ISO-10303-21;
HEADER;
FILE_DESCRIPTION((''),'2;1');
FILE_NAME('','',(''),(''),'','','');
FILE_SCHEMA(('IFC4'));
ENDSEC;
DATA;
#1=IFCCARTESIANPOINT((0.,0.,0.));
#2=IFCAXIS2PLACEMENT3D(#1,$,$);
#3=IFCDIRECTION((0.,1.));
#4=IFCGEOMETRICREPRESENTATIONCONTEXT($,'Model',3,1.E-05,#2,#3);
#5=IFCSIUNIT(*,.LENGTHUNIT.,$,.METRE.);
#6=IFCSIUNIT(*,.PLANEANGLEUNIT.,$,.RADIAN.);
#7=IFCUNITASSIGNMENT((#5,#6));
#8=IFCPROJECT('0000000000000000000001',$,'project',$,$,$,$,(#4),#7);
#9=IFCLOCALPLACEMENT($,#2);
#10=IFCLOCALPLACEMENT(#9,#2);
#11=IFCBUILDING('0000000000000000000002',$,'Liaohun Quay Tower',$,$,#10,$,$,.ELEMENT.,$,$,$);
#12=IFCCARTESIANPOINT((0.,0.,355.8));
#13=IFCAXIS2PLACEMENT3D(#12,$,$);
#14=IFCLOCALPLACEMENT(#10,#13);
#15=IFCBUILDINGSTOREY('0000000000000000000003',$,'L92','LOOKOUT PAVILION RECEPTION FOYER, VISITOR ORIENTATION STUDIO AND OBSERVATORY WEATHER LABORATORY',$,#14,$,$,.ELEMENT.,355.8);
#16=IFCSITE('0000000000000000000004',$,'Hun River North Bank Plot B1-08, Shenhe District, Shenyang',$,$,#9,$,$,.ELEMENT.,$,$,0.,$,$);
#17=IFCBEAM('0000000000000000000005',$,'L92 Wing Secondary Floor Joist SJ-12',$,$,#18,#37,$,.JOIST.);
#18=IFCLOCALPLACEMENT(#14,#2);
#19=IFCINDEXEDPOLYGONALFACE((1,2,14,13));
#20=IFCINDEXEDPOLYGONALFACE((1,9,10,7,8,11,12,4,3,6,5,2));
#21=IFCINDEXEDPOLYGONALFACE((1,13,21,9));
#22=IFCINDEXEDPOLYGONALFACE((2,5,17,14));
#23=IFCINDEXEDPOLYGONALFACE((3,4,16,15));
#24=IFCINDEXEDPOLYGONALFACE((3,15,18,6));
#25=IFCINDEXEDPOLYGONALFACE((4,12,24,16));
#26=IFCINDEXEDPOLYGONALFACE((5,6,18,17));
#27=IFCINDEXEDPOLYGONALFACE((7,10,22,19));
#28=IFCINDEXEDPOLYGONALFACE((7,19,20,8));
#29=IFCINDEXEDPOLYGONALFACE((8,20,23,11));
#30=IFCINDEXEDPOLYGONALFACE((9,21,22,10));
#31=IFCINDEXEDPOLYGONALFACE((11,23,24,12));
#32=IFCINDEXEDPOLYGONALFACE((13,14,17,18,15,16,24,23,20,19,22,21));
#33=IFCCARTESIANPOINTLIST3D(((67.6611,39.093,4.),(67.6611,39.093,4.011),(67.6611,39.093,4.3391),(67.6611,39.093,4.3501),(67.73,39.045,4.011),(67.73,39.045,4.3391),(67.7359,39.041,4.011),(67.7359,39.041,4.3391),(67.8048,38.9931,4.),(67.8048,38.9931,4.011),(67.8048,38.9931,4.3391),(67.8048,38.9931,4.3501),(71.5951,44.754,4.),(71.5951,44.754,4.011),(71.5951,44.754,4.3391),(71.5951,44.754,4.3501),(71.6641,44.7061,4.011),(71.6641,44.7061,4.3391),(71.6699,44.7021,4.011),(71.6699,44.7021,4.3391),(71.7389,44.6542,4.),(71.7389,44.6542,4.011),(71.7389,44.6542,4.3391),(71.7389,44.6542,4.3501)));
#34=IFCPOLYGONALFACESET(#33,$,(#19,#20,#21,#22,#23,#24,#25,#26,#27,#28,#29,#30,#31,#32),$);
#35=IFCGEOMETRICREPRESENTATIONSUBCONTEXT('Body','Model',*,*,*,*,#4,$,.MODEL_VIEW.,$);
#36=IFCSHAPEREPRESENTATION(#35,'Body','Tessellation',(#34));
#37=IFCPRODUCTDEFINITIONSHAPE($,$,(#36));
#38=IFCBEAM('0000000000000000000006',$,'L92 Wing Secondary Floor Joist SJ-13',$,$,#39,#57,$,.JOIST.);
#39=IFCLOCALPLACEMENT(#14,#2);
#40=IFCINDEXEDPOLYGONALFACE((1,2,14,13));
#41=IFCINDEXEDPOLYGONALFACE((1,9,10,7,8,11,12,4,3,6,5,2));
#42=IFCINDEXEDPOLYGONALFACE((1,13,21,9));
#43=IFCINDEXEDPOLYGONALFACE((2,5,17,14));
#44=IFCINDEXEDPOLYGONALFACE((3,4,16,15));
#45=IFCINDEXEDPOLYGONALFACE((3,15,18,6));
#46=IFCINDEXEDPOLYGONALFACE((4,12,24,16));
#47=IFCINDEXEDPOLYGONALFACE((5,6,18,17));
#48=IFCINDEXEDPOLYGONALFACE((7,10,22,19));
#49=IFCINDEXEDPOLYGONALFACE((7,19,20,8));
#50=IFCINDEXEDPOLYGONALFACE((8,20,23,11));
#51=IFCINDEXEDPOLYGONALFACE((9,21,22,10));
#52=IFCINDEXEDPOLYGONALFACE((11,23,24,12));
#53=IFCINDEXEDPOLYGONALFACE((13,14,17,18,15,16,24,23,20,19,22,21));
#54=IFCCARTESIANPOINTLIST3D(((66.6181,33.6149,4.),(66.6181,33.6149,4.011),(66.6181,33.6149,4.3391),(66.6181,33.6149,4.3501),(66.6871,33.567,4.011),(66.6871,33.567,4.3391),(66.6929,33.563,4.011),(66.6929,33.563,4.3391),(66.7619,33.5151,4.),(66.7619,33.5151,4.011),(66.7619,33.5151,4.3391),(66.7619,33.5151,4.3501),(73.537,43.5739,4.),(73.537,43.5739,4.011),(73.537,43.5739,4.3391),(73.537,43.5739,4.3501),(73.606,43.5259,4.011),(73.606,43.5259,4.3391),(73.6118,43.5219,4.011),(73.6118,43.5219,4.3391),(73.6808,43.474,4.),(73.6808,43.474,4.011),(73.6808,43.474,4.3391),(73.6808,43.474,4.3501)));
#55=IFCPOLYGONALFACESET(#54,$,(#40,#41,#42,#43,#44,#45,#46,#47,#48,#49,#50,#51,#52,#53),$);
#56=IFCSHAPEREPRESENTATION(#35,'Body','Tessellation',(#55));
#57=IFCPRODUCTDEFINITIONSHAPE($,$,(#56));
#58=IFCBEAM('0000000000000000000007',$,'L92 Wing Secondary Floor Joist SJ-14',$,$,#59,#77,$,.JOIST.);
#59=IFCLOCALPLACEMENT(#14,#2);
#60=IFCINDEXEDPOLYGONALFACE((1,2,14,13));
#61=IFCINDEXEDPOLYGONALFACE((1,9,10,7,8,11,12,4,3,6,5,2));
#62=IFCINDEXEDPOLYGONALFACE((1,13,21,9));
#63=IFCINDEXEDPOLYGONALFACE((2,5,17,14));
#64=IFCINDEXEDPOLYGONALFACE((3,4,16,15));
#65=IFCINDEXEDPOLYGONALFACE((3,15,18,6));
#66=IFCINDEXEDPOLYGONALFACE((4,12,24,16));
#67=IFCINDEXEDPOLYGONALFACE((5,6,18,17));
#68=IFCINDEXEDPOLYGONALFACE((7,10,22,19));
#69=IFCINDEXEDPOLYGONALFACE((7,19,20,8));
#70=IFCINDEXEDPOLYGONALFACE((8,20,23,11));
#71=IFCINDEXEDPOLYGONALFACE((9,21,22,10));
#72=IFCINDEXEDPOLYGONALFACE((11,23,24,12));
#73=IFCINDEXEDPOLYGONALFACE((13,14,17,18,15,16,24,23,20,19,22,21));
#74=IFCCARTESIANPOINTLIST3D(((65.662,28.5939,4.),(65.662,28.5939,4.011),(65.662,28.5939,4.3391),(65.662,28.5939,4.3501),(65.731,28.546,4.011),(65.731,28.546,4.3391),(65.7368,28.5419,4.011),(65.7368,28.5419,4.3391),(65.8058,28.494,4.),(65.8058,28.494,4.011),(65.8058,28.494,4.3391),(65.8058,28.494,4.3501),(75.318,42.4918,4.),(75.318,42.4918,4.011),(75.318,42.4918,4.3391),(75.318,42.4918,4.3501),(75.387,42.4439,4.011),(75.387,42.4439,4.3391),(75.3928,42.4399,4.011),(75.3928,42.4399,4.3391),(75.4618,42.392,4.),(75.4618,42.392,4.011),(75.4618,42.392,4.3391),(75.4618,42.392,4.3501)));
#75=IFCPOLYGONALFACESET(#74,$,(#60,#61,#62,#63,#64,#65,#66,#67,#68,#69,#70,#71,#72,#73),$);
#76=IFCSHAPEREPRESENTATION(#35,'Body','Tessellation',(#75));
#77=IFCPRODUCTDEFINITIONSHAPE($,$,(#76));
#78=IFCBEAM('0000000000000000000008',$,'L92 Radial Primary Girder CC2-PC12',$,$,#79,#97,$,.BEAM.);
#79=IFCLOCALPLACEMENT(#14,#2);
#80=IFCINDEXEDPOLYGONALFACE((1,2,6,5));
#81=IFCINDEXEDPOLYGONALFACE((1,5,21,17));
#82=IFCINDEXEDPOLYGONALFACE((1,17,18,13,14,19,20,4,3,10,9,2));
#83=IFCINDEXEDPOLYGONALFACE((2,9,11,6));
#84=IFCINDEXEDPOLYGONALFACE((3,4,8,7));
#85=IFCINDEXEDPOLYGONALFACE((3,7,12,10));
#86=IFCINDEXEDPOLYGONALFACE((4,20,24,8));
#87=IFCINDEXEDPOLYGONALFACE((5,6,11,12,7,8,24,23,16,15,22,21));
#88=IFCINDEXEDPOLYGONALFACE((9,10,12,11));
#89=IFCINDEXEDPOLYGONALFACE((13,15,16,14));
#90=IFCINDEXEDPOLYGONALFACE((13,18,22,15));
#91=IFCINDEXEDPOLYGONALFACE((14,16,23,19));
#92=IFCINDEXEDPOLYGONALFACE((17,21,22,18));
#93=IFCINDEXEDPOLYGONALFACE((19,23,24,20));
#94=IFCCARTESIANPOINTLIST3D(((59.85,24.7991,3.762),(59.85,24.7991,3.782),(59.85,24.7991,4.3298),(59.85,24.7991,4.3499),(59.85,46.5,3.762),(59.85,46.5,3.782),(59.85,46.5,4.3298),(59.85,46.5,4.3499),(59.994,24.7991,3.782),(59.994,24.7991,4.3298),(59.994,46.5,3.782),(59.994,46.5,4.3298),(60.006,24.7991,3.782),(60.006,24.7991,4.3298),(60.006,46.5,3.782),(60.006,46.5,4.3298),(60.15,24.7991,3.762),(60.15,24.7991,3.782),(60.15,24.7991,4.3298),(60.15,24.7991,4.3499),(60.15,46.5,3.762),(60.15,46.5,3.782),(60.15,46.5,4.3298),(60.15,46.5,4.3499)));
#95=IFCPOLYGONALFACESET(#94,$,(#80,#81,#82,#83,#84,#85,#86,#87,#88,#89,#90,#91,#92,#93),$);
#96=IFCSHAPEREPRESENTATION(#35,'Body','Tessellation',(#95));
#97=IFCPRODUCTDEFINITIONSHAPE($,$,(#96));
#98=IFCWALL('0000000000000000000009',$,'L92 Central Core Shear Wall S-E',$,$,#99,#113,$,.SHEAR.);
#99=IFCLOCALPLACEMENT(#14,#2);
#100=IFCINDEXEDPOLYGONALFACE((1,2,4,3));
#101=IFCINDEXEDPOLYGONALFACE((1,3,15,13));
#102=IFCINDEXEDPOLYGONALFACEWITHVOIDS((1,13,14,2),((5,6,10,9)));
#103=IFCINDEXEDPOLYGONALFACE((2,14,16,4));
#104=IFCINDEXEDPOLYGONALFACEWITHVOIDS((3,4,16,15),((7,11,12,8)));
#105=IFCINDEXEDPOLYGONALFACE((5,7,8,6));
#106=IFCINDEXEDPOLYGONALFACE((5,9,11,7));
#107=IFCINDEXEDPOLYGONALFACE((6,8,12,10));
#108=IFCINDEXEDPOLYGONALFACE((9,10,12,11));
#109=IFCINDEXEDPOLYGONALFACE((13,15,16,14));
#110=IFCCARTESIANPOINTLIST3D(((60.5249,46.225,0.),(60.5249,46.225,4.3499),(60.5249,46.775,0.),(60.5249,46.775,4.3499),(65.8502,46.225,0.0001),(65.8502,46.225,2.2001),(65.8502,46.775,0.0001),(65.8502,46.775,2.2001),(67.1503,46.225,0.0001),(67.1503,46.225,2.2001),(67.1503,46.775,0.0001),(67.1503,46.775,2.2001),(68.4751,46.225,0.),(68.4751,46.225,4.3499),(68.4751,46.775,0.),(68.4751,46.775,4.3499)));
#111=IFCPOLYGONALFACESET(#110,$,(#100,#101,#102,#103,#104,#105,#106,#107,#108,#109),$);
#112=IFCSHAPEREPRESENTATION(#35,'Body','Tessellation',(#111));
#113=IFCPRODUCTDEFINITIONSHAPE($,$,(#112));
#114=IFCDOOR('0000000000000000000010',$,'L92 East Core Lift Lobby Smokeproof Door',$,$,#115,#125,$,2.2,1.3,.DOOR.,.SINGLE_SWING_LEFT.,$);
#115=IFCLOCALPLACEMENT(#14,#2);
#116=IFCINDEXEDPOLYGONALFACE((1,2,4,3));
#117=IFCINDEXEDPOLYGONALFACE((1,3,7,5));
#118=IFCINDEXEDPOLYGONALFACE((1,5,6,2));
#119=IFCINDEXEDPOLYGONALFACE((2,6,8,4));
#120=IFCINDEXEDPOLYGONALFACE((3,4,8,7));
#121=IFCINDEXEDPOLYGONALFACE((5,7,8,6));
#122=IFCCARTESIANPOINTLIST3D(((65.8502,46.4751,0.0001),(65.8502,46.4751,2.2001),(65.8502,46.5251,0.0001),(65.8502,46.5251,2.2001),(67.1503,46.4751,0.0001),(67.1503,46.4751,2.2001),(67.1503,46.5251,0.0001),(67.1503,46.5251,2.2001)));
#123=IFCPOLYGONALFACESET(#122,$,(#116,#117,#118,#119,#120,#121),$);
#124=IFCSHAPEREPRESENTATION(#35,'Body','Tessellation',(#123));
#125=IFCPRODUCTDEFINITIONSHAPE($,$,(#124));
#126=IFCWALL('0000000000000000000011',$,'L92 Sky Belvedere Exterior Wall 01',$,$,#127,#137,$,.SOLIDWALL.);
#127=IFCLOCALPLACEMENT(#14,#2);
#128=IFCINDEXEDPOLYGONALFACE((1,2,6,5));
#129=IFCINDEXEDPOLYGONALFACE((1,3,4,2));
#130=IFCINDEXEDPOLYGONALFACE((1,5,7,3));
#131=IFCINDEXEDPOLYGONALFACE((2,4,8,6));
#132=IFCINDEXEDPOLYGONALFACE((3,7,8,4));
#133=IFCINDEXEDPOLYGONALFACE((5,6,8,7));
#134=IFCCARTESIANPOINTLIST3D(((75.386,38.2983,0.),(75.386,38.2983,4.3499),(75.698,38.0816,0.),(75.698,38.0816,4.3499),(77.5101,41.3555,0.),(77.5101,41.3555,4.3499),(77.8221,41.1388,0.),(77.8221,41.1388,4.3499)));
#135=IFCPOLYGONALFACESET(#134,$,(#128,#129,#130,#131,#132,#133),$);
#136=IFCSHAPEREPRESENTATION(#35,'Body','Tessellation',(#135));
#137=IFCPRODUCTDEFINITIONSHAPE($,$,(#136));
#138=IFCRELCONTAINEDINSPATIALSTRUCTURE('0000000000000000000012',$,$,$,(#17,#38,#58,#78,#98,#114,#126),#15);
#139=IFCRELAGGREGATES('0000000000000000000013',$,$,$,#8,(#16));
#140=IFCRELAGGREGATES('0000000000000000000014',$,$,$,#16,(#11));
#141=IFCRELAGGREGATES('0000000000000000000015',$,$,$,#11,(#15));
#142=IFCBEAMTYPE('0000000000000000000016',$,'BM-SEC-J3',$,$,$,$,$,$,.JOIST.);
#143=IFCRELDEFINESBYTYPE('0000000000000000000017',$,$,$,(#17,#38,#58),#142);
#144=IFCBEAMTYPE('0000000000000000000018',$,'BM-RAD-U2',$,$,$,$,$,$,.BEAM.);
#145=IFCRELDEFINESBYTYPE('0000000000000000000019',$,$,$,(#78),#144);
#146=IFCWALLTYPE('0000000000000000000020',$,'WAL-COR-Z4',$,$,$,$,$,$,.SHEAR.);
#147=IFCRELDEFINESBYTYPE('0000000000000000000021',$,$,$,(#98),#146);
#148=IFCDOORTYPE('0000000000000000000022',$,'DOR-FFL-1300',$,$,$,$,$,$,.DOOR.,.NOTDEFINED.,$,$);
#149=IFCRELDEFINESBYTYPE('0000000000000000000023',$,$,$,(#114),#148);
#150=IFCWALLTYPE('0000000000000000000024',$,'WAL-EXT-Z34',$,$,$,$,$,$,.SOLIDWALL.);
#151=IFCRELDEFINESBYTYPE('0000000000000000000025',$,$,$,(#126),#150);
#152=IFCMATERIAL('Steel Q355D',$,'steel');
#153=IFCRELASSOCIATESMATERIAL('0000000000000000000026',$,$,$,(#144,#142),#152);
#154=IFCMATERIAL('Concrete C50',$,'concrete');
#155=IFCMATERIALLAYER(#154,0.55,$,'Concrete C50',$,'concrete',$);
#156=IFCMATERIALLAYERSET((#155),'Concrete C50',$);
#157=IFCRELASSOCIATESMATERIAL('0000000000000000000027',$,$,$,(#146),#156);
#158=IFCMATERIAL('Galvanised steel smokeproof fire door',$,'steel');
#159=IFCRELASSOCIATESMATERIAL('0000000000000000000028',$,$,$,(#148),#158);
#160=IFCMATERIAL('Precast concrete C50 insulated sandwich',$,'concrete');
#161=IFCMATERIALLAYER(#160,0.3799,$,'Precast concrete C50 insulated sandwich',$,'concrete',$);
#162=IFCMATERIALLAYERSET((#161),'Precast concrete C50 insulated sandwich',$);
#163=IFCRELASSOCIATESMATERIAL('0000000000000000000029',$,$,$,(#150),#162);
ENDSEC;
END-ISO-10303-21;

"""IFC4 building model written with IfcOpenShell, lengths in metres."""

from ifc_helpers import new_model, si_unit, direction, frame, frame_2d, origin, origin_2d, place, context, subcontext, project, spatial, rectangle, i_section, extrude, source, transform, mapped, material, layer, layer_set, material_profile, profile_set, type_object, element, fill, save


model = new_model("IFC4")

# Units and contexts
model_context = context("Model", 3, precision=1e-05, world=origin(), true_north=direction((0.0, 1.0)))
body_context = subcontext(model_context, "Body", "Model", "MODEL_VIEW")
ifc_project = project(units=[si_unit("LENGTHUNIT", "METRE"), si_unit("PLANEANGLEUNIT", "RADIAN")], contexts=[model_context])

# Site, building, storey
site_placement = place(None, origin())
site = spatial("IfcSite", under=ifc_project, at=site_placement, Name="Hun River North Bank Plot B1-08, Shenhe District, Shenyang", CompositionType="ELEMENT", RefElevation=0.0)
building_placement = place(site_placement, origin())
building = spatial("IfcBuilding", under=site, at=building_placement, Name="Liaohun Quay Tower", CompositionType="ELEMENT")
storey_placement = place(building_placement, frame((0.0, 0.0, 355.8)))
storey = spatial("IfcBuildingStorey", under=building, at=storey_placement, Name="L92", Description="LOOKOUT PAVILION RECEPTION FOYER, VISITOR ORIENTATION STUDIO AND OBSERVATORY WEATHER LABORATORY", CompositionType="ELEMENT", Elevation=355.8)

# Shared definitions
ifc_material_1 = material(Name="Concrete C50", Category="concrete")

# Beams
ifc_material_2 = material(Name="Steel Q355D", Category="steel")
ifc_material_profile_1 = material_profile(ifc_material_2, i_section(OverallWidth=0.3, OverallDepth=0.5879, WebThickness=0.012, FlangeThickness=0.02, at=origin_2d()), Name="HM588x300x12x20")
ifc_profile_set_1 = profile_set([ifc_material_profile_1], Name="Steel Q355D")
beam_type_1 = type_object("IfcBeamType", Name="BM-RAD-U2", PredefinedType="BEAM", material=ifc_profile_set_1)
ifc_material_profile_2 = material_profile(ifc_material_2, i_section(OverallWidth=0.175, OverallDepth=0.3501, WebThickness=0.0071, FlangeThickness=0.011, at=origin_2d()), Name="HN350x175x7x11")
ifc_profile_set_2 = profile_set([ifc_material_profile_2], Name="Steel Q355D")
beam_type_2 = type_object("IfcBeamType", Name="BM-SEC-J3", PredefinedType="JOIST", material=ifc_profile_set_2)
shared_shape_1 = source(origin(), body_context, "Body", "SweptSolid", [
    extrude(i_section(OverallWidth=0.175, OverallDepth=0.3501, WebThickness=0.0071, FlangeThickness=0.011, at=origin_2d()), origin(), (0.0, 0.0, 1.0), 6.8938),
])
beam_1_placement = place(storey_placement, frame((71.667, 44.7041, 4.175), z_axis=(-0.570664, -0.821184, 0.0), x_axis=(0.821184, -0.570664, 0.0)))
element("IfcBeam", 1, at=beam_1_placement, inside=storey, type_object=beam_type_2, Name="L92 Wing Secondary Floor Joist SJ-12", PredefinedType="JOIST", context=body_context, shape_type="MappedRepresentation", body=[
    mapped(shared_shape_1, transform((0.0, 0.0, 0.0), x_axis=(1.0, 0.0, 0.0), y_axis=(0.0, 1.0, 0.0), z_axis=(0.0, 0.0, 1.0), scale=1.0)),
])
shared_shape_2 = source(origin(), body_context, "Body", "SweptSolid", [
    extrude(i_section(OverallWidth=0.175, OverallDepth=0.3501, WebThickness=0.0071, FlangeThickness=0.011, at=origin_2d()), origin(), (0.0, 0.0, 1.0), 12.1265),
])
beam_2_placement = place(storey_placement, frame((73.6089, 43.5239, 4.175), z_axis=(-0.570562, -0.821255, 0.0), x_axis=(0.821255, -0.570562, 0.0)))
element("IfcBeam", 2, at=beam_2_placement, inside=storey, type_object=beam_type_2, Name="L92 Wing Secondary Floor Joist SJ-13", PredefinedType="JOIST", context=body_context, shape_type="MappedRepresentation", body=[
    mapped(shared_shape_2, transform((0.0, 0.0, 0.0), x_axis=(1.0, 0.0, 0.0), y_axis=(0.0, 1.0, 0.0), z_axis=(0.0, 0.0, 1.0), scale=1.0)),
])
shared_shape_3 = source(origin(), body_context, "Body", "SweptSolid", [
    extrude(i_section(OverallWidth=0.175, OverallDepth=0.3501, WebThickness=0.0071, FlangeThickness=0.011, at=origin_2d()), origin(), (0.0, 0.0, 1.0), 16.9231),
])
beam_3_placement = place(storey_placement, frame((75.3899, 42.4419, 4.175), z_axis=(-0.570581, -0.821241, 0.0), x_axis=(0.821241, -0.570581, 0.0)))
element("IfcBeam", 3, at=beam_3_placement, inside=storey, type_object=beam_type_2, Name="L92 Wing Secondary Floor Joist SJ-14", PredefinedType="JOIST", context=body_context, shape_type="MappedRepresentation", body=[
    mapped(shared_shape_3, transform((0.0, 0.0, 0.0), x_axis=(1.0, 0.0, 0.0), y_axis=(0.0, 1.0, 0.0), z_axis=(0.0, 0.0, 1.0), scale=1.0)),
])
shared_shape_4 = source(origin(), body_context, "Body", "SweptSolid", [
    extrude(i_section(OverallWidth=0.3, OverallDepth=0.5879, WebThickness=0.012, FlangeThickness=0.02, at=origin_2d()), origin(), (0.0, 0.0, 1.0), 21.7009),
])
beam_4_placement = place(storey_placement, frame((60.0, 46.5, 4.0559), z_axis=(0.0, -1.0, 0.0), x_axis=(1.0, 0.0, 0.0)))
element("IfcBeam", 4, at=beam_4_placement, inside=storey, type_object=beam_type_1, Name="L92 Radial Primary Girder CC2-PC12", PredefinedType="BEAM", context=body_context, shape_type="MappedRepresentation", body=[
    mapped(shared_shape_4, transform((0.0, 0.0, 0.0), x_axis=(1.0, 0.0, 0.0), y_axis=(0.0, 1.0, 0.0), z_axis=(0.0, 0.0, 1.0), scale=1.0)),
])

# Wall, opening, door
ifc_layer_1 = layer(ifc_material_1, 0.55, Name="Concrete C50", Category="concrete")
ifc_layer_set_1 = layer_set([ifc_layer_1], Name="Concrete C50")
wall_type_1 = type_object("IfcWallType", Name="WAL-COR-Z4", PredefinedType="SHEAR", material=ifc_layer_set_1)
wall_1_placement = place(storey_placement, frame((68.4751, 46.5, 0.0), z_axis=(0.0, 0.0, 1.0), x_axis=(-1.0, 0.0, 0.0)))
wall_1 = element("IfcWall", 5, at=wall_1_placement, inside=storey, type_object=wall_type_1, Name="L92 Central Core Shear Wall S-E", PredefinedType="SHEAR", context=body_context, shape_type="SweptSolid", body=[
    extrude(rectangle(XDim=7.9502, YDim=0.55, at=frame_2d((3.9751, 0.0))), origin(), (0.0, 0.0, 1.0), 4.3499),
])
shared_shape_5 = source(origin(), body_context, "Body", "SweptSolid", [
    extrude(rectangle(XDim=1.3, YDim=2.2, at=frame_2d((0.6499, 1.1001))), frame((0.0, 0.2849, 0.0), z_axis=(0.0, -1.0, 0.0), x_axis=(1.0, 0.0, 0.0)), (0.0, 0.0, 1.0), 0.5701),
])
opening_1_placement = place(wall_1_placement, frame((1.325, 0.0, 0.0)))
opening_1 = element("IfcOpeningElement", 6, at=opening_1_placement, cuts=wall_1, PredefinedType="OPENING", context=body_context, shape_type="MappedRepresentation", body=[
    mapped(shared_shape_5, transform((0.0, 0.0, 0.0), x_axis=(1.0, 0.0, 0.0), y_axis=(0.0, 1.0, 0.0), z_axis=(0.0, 0.0, 1.0), scale=1.0)),
])
ifc_material_3 = material(Name="Galvanised steel smokeproof fire door", Category="steel")
door_type_1 = type_object("IfcDoorType", Name="DOR-FFL-1300", OperationType="NOTDEFINED", PredefinedType="DOOR", material=ifc_material_3)
shared_shape_6 = source(origin(), body_context, "Body", "SweptSolid", [
    extrude(rectangle(XDim=1.3, YDim=2.2, at=frame_2d((0.6499, 1.1001))), frame((0.0, 0.0249, 0.0), z_axis=(0.0, -1.0, 0.0), x_axis=(1.0, 0.0, 0.0)), (0.0, 0.0, 1.0), 0.05),
])
door_1_placement = place(opening_1_placement, origin())
door_1 = element("IfcDoor", 7, at=door_1_placement, inside=storey, type_object=door_type_1, Name="L92 East Core Lift Lobby Smokeproof Door", OperationType="SINGLE_SWING_LEFT", OverallHeight=2.2, OverallWidth=1.3, PredefinedType="DOOR", context=body_context, shape_type="MappedRepresentation", body=[
    mapped(shared_shape_6, transform((0.0, 0.0, 0.0), x_axis=(1.0, 0.0, 0.0), y_axis=(0.0, 1.0, 0.0), z_axis=(0.0, 0.0, 1.0), scale=1.0)),
])
fill(opening_1, door_1)

# Wall
ifc_material_4 = material(Name="Precast concrete C50 insulated sandwich", Category="concrete")
ifc_layer_2 = layer(ifc_material_4, 0.3799, Name="Precast concrete C50 insulated sandwich", Category="concrete")
ifc_layer_set_2 = layer_set([ifc_layer_2], Name="Precast concrete C50 insulated sandwich")
wall_type_2 = type_object("IfcWallType", Name="WAL-EXT-Z34", PredefinedType="SOLIDWALL", material=ifc_layer_set_2)
wall_2_placement = place(storey_placement, frame((75.542, 38.1899, 0.0), z_axis=(0.0, 0.0, 1.0), x_axis=(0.57058, 0.821242, 0.0)))
element("IfcWall", 8, at=wall_2_placement, inside=storey, type_object=wall_type_2, Name="L92 Sky Belvedere Exterior Wall 01", PredefinedType="SOLIDWALL", context=body_context, shape_type="SweptSolid", body=[
    extrude(rectangle(XDim=3.7227, YDim=0.3799, at=frame_2d((1.8613, 0.0))), origin(), (0.0, 0.0, 1.0), 4.3499),
])

save(model, "model.ifc")
